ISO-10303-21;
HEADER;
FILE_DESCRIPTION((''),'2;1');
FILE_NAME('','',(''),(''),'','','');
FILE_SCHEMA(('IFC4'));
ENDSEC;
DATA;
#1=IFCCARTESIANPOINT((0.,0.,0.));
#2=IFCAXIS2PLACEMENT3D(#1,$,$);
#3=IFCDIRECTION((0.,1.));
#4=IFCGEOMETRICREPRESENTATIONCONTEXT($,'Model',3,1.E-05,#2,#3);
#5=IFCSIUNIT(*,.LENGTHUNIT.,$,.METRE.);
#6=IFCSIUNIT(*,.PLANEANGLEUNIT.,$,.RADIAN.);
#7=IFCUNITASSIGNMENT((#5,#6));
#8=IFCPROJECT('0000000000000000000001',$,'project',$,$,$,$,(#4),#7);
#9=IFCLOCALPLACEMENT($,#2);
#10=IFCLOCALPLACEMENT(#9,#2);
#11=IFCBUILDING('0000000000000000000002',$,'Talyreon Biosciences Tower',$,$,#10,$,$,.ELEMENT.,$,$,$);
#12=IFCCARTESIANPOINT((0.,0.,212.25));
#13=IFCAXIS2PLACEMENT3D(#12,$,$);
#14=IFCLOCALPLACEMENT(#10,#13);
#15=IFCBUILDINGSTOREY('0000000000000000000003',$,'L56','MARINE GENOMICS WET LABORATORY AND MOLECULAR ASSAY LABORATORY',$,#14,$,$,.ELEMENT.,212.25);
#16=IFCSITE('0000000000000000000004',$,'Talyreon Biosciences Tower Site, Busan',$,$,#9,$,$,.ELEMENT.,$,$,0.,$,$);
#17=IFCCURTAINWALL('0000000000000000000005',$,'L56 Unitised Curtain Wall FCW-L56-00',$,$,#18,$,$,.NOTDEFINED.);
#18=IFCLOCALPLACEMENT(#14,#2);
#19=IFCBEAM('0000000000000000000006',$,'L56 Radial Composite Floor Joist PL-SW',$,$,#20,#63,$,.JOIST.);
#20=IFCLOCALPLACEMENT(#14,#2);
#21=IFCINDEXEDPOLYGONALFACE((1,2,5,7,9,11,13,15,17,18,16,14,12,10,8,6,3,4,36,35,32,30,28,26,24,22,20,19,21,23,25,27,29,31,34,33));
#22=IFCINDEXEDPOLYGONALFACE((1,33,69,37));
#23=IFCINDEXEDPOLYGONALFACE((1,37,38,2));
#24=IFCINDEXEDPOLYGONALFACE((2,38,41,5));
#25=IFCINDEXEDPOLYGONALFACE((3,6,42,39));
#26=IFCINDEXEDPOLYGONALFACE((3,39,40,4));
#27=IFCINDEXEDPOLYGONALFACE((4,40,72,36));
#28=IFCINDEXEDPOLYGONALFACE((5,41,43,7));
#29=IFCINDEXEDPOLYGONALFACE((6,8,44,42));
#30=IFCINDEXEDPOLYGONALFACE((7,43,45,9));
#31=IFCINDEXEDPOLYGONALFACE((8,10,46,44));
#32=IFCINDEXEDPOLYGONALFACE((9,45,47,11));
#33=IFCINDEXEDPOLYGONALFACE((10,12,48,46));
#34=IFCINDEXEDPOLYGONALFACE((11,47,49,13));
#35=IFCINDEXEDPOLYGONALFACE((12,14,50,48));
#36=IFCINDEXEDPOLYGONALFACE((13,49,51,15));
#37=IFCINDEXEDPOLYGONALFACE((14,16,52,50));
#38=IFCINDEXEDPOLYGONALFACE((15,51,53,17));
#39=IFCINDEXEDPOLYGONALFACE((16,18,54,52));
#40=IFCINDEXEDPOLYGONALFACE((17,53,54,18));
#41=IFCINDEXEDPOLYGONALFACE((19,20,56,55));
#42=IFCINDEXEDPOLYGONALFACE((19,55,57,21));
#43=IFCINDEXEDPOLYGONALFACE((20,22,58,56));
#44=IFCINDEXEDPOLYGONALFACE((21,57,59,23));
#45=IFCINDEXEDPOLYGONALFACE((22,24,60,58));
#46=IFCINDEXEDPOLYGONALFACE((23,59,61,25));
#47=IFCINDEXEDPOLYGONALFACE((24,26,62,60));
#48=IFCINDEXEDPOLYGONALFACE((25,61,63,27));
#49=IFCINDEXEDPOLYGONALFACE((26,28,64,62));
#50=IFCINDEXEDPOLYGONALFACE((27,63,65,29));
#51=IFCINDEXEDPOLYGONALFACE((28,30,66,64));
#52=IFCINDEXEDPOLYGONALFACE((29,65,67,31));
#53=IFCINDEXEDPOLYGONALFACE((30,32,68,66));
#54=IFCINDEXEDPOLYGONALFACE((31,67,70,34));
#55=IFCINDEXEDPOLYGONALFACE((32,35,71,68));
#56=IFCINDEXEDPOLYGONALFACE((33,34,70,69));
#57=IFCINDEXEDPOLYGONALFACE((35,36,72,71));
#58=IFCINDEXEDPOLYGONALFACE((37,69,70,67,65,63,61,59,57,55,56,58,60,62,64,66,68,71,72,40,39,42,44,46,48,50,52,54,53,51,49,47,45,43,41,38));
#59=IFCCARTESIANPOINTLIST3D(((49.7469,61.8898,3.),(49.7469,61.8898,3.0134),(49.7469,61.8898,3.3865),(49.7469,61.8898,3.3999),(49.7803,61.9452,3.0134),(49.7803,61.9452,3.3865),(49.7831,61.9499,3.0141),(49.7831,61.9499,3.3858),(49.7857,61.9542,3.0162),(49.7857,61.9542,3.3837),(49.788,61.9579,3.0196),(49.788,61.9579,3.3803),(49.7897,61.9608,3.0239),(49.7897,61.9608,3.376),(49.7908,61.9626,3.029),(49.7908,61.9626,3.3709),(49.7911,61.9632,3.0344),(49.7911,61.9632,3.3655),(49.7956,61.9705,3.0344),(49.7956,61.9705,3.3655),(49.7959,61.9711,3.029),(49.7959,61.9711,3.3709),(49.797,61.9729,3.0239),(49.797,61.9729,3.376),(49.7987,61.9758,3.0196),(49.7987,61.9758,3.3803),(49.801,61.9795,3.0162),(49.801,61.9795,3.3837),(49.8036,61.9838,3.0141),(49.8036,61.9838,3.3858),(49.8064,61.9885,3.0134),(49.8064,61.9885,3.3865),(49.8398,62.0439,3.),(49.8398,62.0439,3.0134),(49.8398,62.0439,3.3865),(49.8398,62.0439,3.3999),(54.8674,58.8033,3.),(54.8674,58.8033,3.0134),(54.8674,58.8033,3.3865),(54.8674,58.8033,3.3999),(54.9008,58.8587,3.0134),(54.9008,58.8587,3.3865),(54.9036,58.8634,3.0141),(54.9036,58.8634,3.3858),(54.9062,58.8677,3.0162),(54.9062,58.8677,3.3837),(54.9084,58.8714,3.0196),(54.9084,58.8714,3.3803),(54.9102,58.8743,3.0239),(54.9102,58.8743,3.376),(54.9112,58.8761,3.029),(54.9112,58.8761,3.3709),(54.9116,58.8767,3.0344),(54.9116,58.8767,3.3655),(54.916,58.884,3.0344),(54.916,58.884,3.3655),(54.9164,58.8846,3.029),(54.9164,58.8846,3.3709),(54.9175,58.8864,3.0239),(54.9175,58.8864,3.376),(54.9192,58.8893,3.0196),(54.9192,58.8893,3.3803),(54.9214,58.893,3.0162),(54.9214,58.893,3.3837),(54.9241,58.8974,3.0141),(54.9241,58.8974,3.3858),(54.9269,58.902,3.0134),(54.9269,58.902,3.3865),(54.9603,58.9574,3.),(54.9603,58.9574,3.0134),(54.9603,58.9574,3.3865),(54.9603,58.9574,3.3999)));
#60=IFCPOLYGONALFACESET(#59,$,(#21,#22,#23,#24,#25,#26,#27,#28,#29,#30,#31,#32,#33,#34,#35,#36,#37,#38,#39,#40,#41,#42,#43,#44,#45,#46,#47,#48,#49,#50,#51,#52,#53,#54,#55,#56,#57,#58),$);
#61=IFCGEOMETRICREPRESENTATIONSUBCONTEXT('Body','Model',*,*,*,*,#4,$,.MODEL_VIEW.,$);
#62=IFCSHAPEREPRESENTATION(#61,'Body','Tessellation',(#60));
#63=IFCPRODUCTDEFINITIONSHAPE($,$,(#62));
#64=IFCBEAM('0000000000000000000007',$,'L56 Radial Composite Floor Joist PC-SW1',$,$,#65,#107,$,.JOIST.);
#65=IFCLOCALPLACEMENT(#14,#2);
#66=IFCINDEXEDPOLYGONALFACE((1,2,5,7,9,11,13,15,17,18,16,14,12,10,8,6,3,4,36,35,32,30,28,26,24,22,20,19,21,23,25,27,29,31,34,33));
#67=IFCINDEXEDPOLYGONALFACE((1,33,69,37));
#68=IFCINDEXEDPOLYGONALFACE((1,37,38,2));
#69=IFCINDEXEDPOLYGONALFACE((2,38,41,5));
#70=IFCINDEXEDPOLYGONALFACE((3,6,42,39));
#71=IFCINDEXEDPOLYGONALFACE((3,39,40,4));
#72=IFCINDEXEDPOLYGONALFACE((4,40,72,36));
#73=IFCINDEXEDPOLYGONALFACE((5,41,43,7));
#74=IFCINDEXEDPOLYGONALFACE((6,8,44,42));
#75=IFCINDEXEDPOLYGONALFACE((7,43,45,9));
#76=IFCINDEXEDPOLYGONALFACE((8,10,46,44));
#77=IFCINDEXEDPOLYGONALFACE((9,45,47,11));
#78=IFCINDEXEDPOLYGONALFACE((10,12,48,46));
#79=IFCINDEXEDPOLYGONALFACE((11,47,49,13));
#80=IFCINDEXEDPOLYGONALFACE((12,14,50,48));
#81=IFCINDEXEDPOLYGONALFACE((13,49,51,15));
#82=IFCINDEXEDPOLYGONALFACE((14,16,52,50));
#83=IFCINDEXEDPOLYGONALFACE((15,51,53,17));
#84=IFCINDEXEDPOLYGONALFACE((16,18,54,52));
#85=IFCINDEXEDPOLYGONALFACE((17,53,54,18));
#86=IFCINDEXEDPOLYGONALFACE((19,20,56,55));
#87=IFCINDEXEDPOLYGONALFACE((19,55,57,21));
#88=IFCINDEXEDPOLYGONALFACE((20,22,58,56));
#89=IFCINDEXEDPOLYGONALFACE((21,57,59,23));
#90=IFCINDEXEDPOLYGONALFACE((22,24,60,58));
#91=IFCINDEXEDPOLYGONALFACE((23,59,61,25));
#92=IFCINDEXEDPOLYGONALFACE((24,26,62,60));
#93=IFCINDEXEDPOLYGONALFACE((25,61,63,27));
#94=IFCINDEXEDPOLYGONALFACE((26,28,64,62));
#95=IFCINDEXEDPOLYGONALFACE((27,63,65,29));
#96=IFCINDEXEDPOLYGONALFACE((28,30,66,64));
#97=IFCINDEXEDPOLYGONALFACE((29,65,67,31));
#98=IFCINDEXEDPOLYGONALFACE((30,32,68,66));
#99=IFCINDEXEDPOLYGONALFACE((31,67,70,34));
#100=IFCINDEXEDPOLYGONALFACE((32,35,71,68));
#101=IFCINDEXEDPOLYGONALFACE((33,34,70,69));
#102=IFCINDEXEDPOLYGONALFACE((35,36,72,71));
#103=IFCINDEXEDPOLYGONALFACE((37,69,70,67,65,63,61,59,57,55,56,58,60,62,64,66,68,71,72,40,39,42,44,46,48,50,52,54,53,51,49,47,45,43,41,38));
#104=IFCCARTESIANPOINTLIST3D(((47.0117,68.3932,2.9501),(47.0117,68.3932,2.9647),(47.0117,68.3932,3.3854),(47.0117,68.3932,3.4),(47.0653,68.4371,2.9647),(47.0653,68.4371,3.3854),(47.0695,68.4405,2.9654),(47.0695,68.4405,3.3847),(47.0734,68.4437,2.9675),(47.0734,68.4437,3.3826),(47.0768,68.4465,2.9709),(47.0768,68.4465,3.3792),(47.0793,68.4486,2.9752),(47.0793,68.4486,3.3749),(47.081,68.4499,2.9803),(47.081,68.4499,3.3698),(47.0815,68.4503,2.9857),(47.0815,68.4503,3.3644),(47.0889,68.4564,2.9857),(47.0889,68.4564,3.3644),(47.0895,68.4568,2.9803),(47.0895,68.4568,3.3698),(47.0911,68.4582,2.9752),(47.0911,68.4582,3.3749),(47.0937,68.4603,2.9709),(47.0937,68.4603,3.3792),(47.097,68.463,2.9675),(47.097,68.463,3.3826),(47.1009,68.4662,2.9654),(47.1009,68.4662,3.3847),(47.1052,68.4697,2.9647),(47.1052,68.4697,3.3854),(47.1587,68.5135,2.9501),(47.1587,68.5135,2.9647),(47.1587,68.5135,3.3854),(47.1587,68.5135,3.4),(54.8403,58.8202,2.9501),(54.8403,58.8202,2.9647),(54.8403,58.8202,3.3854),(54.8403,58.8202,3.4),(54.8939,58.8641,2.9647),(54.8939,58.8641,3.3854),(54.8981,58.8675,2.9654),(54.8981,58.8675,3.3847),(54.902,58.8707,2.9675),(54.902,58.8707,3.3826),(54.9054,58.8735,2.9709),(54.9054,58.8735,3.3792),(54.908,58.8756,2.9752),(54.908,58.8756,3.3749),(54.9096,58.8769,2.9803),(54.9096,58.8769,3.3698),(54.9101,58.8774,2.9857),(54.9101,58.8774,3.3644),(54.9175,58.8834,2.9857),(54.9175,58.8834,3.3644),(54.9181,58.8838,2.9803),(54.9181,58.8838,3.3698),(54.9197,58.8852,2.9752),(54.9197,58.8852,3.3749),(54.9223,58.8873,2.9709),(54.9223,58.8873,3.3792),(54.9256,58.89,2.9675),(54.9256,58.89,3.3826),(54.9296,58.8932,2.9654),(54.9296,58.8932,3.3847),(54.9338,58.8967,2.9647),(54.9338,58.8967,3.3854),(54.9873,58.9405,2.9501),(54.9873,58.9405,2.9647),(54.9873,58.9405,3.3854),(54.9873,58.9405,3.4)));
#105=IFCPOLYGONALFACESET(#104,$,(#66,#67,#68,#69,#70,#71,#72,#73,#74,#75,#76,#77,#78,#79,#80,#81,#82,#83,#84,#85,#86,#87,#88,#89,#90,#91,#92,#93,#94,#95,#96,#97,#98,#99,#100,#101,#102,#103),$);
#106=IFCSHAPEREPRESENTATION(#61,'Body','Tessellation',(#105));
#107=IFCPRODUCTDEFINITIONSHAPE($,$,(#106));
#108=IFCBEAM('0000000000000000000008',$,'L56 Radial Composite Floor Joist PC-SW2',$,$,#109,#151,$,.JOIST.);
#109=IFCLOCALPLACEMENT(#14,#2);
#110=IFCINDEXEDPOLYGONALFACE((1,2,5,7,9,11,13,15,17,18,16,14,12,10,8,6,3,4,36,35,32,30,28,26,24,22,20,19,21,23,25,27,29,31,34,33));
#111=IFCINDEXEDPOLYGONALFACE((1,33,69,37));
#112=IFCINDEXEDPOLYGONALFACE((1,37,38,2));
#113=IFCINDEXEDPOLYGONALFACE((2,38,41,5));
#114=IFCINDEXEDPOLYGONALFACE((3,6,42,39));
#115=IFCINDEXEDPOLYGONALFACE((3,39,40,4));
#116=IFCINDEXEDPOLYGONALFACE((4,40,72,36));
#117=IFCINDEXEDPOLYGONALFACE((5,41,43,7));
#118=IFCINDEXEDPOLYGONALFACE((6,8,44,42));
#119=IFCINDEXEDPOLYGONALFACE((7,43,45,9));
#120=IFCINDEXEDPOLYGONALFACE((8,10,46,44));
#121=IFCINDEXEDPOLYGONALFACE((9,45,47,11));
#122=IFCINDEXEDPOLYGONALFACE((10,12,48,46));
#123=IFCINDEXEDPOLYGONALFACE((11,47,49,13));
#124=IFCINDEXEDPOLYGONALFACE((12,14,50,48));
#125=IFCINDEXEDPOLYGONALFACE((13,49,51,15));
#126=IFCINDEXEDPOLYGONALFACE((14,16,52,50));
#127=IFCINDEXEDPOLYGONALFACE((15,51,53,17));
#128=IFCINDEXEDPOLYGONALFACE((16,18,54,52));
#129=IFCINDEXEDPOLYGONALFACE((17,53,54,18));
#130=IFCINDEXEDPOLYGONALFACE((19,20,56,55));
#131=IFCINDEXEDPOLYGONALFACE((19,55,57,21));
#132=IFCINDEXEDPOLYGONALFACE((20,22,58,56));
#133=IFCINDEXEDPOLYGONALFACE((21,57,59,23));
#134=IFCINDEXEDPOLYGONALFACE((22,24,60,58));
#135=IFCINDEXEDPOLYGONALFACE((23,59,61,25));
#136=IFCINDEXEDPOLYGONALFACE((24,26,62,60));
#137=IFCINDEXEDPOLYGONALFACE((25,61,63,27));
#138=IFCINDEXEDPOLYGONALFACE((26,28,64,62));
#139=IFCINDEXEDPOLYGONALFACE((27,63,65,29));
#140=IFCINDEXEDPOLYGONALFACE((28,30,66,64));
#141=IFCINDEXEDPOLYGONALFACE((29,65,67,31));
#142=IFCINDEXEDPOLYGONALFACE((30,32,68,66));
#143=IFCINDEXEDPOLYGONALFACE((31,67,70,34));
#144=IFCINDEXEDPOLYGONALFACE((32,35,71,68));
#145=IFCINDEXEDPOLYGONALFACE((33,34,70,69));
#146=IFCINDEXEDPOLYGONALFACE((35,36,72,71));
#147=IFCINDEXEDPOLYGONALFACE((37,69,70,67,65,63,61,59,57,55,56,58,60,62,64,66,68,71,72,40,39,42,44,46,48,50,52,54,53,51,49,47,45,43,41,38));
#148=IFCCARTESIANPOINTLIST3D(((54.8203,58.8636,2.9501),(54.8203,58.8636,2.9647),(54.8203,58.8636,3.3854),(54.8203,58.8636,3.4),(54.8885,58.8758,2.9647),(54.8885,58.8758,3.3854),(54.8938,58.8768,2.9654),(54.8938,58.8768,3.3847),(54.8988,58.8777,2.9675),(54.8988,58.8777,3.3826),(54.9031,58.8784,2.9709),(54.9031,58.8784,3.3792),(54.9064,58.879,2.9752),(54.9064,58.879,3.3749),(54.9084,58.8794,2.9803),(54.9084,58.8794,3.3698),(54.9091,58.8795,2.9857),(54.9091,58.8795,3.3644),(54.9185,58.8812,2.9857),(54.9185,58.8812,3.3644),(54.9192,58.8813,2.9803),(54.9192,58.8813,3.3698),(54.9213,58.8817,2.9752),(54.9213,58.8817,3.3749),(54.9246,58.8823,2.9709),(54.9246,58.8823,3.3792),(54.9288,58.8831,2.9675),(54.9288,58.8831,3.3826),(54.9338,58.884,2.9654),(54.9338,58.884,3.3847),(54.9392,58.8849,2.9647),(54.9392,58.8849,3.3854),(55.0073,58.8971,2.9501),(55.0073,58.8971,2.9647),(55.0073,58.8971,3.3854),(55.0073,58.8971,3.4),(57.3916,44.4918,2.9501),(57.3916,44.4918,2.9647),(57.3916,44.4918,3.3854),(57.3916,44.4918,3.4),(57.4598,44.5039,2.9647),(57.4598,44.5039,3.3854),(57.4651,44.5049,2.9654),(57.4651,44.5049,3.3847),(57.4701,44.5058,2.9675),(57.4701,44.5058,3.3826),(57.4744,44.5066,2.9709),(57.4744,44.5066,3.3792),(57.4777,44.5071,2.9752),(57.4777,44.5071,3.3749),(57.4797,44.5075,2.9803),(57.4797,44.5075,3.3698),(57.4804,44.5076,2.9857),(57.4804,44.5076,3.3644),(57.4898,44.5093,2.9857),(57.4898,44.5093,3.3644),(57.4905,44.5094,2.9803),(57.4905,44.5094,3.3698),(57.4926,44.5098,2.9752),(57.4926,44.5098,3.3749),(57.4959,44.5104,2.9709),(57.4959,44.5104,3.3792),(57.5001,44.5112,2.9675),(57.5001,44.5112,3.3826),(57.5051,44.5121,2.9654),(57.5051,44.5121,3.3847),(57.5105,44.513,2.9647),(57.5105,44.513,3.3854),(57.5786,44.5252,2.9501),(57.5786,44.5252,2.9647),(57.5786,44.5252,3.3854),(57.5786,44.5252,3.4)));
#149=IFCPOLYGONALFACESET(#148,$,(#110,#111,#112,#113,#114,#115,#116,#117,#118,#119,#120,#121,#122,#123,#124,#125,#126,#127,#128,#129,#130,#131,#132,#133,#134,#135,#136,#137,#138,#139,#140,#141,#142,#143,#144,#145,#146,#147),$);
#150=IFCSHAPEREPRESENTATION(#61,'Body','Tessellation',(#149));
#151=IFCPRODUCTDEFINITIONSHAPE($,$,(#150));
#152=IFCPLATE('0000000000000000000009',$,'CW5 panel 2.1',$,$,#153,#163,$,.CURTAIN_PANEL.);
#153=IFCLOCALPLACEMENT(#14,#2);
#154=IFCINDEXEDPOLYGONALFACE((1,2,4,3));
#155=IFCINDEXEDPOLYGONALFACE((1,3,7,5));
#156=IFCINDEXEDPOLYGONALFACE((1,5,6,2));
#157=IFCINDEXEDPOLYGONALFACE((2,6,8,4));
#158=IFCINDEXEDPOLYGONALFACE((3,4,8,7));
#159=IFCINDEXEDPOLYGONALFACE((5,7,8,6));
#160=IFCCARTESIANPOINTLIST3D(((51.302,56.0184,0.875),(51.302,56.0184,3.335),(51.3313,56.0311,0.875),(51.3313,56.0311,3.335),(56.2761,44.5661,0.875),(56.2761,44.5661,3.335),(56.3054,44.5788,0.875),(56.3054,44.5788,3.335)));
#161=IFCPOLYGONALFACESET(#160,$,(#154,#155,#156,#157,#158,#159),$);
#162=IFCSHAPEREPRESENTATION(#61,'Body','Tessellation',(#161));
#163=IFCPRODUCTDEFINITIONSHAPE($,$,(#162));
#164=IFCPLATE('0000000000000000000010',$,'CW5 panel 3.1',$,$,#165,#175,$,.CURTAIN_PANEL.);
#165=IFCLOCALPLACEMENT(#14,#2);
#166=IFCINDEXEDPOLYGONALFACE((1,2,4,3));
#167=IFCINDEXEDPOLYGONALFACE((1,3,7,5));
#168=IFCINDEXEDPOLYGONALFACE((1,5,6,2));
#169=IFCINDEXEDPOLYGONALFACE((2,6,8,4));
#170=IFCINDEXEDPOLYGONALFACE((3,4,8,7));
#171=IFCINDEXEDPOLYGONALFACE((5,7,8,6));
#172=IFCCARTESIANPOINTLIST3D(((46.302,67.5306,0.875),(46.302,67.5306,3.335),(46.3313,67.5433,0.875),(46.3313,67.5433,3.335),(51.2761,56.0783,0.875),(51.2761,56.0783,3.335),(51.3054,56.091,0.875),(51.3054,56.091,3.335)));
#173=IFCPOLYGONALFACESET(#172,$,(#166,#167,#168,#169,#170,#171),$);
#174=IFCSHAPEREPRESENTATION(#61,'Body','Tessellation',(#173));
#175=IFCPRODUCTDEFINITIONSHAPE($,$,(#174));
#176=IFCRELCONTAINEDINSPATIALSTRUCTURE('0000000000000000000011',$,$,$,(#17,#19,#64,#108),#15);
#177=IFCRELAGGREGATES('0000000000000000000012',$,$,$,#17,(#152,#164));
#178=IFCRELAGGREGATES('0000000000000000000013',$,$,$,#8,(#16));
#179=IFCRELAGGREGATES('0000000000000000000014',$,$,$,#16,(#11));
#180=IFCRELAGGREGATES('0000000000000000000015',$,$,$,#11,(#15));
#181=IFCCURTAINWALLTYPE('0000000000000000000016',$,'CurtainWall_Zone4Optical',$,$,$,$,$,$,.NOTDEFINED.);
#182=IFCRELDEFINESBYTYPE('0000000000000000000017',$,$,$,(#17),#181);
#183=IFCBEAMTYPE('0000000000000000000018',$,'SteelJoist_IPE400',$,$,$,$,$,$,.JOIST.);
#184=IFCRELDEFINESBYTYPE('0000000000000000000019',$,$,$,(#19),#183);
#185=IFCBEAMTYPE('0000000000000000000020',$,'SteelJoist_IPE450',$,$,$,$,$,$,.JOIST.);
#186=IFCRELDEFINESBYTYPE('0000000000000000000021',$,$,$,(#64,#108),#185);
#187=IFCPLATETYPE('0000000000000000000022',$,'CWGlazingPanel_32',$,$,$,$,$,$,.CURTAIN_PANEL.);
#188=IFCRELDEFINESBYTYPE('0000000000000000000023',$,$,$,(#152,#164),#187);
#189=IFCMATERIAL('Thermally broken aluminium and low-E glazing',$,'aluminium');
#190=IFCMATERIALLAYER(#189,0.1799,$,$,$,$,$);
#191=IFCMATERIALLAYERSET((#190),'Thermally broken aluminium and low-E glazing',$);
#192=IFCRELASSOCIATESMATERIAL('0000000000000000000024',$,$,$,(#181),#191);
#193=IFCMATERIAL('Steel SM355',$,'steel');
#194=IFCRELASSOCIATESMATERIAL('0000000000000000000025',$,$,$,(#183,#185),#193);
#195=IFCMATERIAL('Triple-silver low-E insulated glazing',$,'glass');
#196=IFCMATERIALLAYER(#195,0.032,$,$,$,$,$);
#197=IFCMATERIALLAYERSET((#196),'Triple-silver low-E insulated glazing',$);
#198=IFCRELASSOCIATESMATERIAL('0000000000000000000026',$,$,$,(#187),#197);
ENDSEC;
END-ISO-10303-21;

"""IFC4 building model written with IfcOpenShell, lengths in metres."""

from ifc_helpers import new_model, si_unit, direction, frame, origin, origin_2d, place, context, subcontext, project, spatial, rectangle, i_section, extrude, material, layer, layer_set, material_profile, profile_set, type_object, element, aggregate, save


model = new_model("IFC4")

# Units and contexts
model_context = context("Model", 3, precision=1e-05, world=origin(), true_north=direction((0.0, 1.0)))
body_context = subcontext(model_context, "Body", "Model", "MODEL_VIEW")
ifc_project = project(units=[si_unit("LENGTHUNIT", "METRE"), si_unit("PLANEANGLEUNIT", "RADIAN")], contexts=[model_context])

# Site, building, storey
site_placement = place(None, origin())
site = spatial("IfcSite", under=ifc_project, at=site_placement, Name="Talyreon Biosciences Tower Site, Busan", CompositionType="ELEMENT", RefElevation=0.0)
building_placement = place(site_placement, origin())
building = spatial("IfcBuilding", under=site, at=building_placement, Name="Talyreon Biosciences Tower", CompositionType="ELEMENT")
storey_placement = place(building_placement, frame((0.0, 0.0, 212.25)))
storey = spatial("IfcBuildingStorey", under=building, at=storey_placement, Name="L56", Description="MARINE GENOMICS WET LABORATORY AND MOLECULAR ASSAY LABORATORY", CompositionType="ELEMENT", Elevation=212.25)

# Curtain wall
ifc_material_1 = material(Name="Thermally broken aluminium and low-E glazing", Category="aluminium")
ifc_layer_1 = layer(ifc_material_1, 0.1799)
ifc_layer_set_1 = layer_set([ifc_layer_1], Name="Thermally broken aluminium and low-E glazing")
curtain_wall_type = type_object("IfcCurtainWallType", Name="CurtainWall_Zone4Optical", PredefinedType="NOTDEFINED", material=ifc_layer_set_1)
curtain_wall_placement = place(storey_placement, origin())
curtain_wall = element("IfcCurtainWall", 1, at=curtain_wall_placement, inside=storey, type_object=curtain_wall_type, Name="L56 Unitised Curtain Wall FCW-L56-00", PredefinedType="NOTDEFINED")

# Beams
ifc_material_2 = material(Name="Steel SM355", Category="steel")
ifc_material_profile_1 = material_profile(ifc_material_2, i_section(OverallWidth=0.1799, OverallDepth=0.3999, WebThickness=0.0085, FlangeThickness=0.0134, FilletRadius=0.021, at=origin_2d()), Name="IPE400")
ifc_profile_set_1 = profile_set([ifc_material_profile_1], Name="Steel SM355")
beam_type_1 = type_object("IfcBeamType", Name="SteelJoist_IPE400", PredefinedType="JOIST", material=ifc_profile_set_1)
beam_1_placement = place(storey_placement, frame((54.9138, 58.8804, 3.2), z_axis=(-0.856443, 0.516242, 0.0), x_axis=(-0.516242, -0.856443, 0.0)))
element("IfcBeam", 2, at=beam_1_placement, inside=storey, type_object=beam_type_1, Name="L56 Radial Composite Floor Joist PL-SW", PredefinedType="JOIST", context=body_context, shape_type="SweptSolid", body=[
    extrude(i_section(OverallWidth=0.1799, OverallDepth=0.3999, WebThickness=0.0085, FlangeThickness=0.0134, FilletRadius=0.021, at=origin_2d()), origin(), (0.0, 0.0, 1.0), 5.9788),
])
ifc_material_profile_2 = material_profile(ifc_material_2, i_section(OverallWidth=0.1899, OverallDepth=0.45, WebThickness=0.0095, FlangeThickness=0.0146, FilletRadius=0.021, at=origin_2d()), Name="IPE450")
ifc_profile_set_2 = profile_set([ifc_material_profile_2], Name="Steel SM355")
beam_type_2 = type_object("IfcBeamType", Name="SteelJoist_IPE450", PredefinedType="JOIST", material=ifc_profile_set_2)
beam_2_placement = place(storey_placement, frame((54.9138, 58.8804, 3.175), z_axis=(-0.633052, 0.774109, 0.0), x_axis=(-0.774109, -0.633052, 0.0)))
element("IfcBeam", 3, at=beam_2_placement, inside=storey, type_object=beam_type_2, Name="L56 Radial Composite Floor Joist PC-SW1", PredefinedType="JOIST", context=body_context, shape_type="SweptSolid", body=[
    extrude(i_section(OverallWidth=0.1899, OverallDepth=0.45, WebThickness=0.0095, FlangeThickness=0.0146, FilletRadius=0.021, at=origin_2d()), origin(), (0.0, 0.0, 1.0), 12.3665),
])
beam_3_placement = place(storey_placement, frame((54.9138, 58.8804, 3.175), z_axis=(0.176115, -0.98437, 0.0), x_axis=(0.98437, 0.176115, 0.0)))
element("IfcBeam", 4, at=beam_3_placement, inside=storey, type_object=beam_type_2, Name="L56 Radial Composite Floor Joist PC-SW2", PredefinedType="JOIST", context=body_context, shape_type="SweptSolid", body=[
    extrude(i_section(OverallWidth=0.1899, OverallDepth=0.45, WebThickness=0.0095, FlangeThickness=0.0146, FilletRadius=0.021, at=origin_2d()), origin(), (0.0, 0.0, 1.0), 14.6001),
])

# Plates
ifc_material_3 = material(Name="Triple-silver low-E insulated glazing", Category="glass")
ifc_layer_2 = layer(ifc_material_3, 0.032)
ifc_layer_set_2 = layer_set([ifc_layer_2], Name="Triple-silver low-E insulated glazing")
plate_type_1 = type_object("IfcPlateType", Name="CWGlazingPanel_32", PredefinedType="CURTAIN_PANEL", material=ifc_layer_set_2)
plate_1_placement = place(storey_placement, frame((53.8037, 50.2986, 0.875), z_axis=(0.0, 0.0, 1.0), x_axis=(-0.398376, 0.917222, 0.0)))
plate_1 = element("IfcPlate", 5, at=plate_1_placement, type_object=plate_type_1, Name="CW5 panel 2.1", PredefinedType="CURTAIN_PANEL", context=body_context, shape_type="SweptSolid", body=[
    extrude(rectangle(XDim=12.4858, YDim=0.032, at=origin_2d()), origin(), (0.0, 0.0, 1.0), 2.46),
])
plate_2_placement = place(storey_placement, frame((48.8037, 61.8108, 0.875), z_axis=(0.0, 0.0, 1.0), x_axis=(-0.398376, 0.917222, 0.0)))
plate_2 = element("IfcPlate", 6, at=plate_2_placement, type_object=plate_type_1, Name="CW5 panel 3.1", PredefinedType="CURTAIN_PANEL", context=body_context, shape_type="SweptSolid", body=[
    extrude(rectangle(XDim=12.4858, YDim=0.032, at=origin_2d()), origin(), (0.0, 0.0, 1.0), 2.46),
])
aggregate(curtain_wall, [plate_1, plate_2])

save(model, "model.ifc")
